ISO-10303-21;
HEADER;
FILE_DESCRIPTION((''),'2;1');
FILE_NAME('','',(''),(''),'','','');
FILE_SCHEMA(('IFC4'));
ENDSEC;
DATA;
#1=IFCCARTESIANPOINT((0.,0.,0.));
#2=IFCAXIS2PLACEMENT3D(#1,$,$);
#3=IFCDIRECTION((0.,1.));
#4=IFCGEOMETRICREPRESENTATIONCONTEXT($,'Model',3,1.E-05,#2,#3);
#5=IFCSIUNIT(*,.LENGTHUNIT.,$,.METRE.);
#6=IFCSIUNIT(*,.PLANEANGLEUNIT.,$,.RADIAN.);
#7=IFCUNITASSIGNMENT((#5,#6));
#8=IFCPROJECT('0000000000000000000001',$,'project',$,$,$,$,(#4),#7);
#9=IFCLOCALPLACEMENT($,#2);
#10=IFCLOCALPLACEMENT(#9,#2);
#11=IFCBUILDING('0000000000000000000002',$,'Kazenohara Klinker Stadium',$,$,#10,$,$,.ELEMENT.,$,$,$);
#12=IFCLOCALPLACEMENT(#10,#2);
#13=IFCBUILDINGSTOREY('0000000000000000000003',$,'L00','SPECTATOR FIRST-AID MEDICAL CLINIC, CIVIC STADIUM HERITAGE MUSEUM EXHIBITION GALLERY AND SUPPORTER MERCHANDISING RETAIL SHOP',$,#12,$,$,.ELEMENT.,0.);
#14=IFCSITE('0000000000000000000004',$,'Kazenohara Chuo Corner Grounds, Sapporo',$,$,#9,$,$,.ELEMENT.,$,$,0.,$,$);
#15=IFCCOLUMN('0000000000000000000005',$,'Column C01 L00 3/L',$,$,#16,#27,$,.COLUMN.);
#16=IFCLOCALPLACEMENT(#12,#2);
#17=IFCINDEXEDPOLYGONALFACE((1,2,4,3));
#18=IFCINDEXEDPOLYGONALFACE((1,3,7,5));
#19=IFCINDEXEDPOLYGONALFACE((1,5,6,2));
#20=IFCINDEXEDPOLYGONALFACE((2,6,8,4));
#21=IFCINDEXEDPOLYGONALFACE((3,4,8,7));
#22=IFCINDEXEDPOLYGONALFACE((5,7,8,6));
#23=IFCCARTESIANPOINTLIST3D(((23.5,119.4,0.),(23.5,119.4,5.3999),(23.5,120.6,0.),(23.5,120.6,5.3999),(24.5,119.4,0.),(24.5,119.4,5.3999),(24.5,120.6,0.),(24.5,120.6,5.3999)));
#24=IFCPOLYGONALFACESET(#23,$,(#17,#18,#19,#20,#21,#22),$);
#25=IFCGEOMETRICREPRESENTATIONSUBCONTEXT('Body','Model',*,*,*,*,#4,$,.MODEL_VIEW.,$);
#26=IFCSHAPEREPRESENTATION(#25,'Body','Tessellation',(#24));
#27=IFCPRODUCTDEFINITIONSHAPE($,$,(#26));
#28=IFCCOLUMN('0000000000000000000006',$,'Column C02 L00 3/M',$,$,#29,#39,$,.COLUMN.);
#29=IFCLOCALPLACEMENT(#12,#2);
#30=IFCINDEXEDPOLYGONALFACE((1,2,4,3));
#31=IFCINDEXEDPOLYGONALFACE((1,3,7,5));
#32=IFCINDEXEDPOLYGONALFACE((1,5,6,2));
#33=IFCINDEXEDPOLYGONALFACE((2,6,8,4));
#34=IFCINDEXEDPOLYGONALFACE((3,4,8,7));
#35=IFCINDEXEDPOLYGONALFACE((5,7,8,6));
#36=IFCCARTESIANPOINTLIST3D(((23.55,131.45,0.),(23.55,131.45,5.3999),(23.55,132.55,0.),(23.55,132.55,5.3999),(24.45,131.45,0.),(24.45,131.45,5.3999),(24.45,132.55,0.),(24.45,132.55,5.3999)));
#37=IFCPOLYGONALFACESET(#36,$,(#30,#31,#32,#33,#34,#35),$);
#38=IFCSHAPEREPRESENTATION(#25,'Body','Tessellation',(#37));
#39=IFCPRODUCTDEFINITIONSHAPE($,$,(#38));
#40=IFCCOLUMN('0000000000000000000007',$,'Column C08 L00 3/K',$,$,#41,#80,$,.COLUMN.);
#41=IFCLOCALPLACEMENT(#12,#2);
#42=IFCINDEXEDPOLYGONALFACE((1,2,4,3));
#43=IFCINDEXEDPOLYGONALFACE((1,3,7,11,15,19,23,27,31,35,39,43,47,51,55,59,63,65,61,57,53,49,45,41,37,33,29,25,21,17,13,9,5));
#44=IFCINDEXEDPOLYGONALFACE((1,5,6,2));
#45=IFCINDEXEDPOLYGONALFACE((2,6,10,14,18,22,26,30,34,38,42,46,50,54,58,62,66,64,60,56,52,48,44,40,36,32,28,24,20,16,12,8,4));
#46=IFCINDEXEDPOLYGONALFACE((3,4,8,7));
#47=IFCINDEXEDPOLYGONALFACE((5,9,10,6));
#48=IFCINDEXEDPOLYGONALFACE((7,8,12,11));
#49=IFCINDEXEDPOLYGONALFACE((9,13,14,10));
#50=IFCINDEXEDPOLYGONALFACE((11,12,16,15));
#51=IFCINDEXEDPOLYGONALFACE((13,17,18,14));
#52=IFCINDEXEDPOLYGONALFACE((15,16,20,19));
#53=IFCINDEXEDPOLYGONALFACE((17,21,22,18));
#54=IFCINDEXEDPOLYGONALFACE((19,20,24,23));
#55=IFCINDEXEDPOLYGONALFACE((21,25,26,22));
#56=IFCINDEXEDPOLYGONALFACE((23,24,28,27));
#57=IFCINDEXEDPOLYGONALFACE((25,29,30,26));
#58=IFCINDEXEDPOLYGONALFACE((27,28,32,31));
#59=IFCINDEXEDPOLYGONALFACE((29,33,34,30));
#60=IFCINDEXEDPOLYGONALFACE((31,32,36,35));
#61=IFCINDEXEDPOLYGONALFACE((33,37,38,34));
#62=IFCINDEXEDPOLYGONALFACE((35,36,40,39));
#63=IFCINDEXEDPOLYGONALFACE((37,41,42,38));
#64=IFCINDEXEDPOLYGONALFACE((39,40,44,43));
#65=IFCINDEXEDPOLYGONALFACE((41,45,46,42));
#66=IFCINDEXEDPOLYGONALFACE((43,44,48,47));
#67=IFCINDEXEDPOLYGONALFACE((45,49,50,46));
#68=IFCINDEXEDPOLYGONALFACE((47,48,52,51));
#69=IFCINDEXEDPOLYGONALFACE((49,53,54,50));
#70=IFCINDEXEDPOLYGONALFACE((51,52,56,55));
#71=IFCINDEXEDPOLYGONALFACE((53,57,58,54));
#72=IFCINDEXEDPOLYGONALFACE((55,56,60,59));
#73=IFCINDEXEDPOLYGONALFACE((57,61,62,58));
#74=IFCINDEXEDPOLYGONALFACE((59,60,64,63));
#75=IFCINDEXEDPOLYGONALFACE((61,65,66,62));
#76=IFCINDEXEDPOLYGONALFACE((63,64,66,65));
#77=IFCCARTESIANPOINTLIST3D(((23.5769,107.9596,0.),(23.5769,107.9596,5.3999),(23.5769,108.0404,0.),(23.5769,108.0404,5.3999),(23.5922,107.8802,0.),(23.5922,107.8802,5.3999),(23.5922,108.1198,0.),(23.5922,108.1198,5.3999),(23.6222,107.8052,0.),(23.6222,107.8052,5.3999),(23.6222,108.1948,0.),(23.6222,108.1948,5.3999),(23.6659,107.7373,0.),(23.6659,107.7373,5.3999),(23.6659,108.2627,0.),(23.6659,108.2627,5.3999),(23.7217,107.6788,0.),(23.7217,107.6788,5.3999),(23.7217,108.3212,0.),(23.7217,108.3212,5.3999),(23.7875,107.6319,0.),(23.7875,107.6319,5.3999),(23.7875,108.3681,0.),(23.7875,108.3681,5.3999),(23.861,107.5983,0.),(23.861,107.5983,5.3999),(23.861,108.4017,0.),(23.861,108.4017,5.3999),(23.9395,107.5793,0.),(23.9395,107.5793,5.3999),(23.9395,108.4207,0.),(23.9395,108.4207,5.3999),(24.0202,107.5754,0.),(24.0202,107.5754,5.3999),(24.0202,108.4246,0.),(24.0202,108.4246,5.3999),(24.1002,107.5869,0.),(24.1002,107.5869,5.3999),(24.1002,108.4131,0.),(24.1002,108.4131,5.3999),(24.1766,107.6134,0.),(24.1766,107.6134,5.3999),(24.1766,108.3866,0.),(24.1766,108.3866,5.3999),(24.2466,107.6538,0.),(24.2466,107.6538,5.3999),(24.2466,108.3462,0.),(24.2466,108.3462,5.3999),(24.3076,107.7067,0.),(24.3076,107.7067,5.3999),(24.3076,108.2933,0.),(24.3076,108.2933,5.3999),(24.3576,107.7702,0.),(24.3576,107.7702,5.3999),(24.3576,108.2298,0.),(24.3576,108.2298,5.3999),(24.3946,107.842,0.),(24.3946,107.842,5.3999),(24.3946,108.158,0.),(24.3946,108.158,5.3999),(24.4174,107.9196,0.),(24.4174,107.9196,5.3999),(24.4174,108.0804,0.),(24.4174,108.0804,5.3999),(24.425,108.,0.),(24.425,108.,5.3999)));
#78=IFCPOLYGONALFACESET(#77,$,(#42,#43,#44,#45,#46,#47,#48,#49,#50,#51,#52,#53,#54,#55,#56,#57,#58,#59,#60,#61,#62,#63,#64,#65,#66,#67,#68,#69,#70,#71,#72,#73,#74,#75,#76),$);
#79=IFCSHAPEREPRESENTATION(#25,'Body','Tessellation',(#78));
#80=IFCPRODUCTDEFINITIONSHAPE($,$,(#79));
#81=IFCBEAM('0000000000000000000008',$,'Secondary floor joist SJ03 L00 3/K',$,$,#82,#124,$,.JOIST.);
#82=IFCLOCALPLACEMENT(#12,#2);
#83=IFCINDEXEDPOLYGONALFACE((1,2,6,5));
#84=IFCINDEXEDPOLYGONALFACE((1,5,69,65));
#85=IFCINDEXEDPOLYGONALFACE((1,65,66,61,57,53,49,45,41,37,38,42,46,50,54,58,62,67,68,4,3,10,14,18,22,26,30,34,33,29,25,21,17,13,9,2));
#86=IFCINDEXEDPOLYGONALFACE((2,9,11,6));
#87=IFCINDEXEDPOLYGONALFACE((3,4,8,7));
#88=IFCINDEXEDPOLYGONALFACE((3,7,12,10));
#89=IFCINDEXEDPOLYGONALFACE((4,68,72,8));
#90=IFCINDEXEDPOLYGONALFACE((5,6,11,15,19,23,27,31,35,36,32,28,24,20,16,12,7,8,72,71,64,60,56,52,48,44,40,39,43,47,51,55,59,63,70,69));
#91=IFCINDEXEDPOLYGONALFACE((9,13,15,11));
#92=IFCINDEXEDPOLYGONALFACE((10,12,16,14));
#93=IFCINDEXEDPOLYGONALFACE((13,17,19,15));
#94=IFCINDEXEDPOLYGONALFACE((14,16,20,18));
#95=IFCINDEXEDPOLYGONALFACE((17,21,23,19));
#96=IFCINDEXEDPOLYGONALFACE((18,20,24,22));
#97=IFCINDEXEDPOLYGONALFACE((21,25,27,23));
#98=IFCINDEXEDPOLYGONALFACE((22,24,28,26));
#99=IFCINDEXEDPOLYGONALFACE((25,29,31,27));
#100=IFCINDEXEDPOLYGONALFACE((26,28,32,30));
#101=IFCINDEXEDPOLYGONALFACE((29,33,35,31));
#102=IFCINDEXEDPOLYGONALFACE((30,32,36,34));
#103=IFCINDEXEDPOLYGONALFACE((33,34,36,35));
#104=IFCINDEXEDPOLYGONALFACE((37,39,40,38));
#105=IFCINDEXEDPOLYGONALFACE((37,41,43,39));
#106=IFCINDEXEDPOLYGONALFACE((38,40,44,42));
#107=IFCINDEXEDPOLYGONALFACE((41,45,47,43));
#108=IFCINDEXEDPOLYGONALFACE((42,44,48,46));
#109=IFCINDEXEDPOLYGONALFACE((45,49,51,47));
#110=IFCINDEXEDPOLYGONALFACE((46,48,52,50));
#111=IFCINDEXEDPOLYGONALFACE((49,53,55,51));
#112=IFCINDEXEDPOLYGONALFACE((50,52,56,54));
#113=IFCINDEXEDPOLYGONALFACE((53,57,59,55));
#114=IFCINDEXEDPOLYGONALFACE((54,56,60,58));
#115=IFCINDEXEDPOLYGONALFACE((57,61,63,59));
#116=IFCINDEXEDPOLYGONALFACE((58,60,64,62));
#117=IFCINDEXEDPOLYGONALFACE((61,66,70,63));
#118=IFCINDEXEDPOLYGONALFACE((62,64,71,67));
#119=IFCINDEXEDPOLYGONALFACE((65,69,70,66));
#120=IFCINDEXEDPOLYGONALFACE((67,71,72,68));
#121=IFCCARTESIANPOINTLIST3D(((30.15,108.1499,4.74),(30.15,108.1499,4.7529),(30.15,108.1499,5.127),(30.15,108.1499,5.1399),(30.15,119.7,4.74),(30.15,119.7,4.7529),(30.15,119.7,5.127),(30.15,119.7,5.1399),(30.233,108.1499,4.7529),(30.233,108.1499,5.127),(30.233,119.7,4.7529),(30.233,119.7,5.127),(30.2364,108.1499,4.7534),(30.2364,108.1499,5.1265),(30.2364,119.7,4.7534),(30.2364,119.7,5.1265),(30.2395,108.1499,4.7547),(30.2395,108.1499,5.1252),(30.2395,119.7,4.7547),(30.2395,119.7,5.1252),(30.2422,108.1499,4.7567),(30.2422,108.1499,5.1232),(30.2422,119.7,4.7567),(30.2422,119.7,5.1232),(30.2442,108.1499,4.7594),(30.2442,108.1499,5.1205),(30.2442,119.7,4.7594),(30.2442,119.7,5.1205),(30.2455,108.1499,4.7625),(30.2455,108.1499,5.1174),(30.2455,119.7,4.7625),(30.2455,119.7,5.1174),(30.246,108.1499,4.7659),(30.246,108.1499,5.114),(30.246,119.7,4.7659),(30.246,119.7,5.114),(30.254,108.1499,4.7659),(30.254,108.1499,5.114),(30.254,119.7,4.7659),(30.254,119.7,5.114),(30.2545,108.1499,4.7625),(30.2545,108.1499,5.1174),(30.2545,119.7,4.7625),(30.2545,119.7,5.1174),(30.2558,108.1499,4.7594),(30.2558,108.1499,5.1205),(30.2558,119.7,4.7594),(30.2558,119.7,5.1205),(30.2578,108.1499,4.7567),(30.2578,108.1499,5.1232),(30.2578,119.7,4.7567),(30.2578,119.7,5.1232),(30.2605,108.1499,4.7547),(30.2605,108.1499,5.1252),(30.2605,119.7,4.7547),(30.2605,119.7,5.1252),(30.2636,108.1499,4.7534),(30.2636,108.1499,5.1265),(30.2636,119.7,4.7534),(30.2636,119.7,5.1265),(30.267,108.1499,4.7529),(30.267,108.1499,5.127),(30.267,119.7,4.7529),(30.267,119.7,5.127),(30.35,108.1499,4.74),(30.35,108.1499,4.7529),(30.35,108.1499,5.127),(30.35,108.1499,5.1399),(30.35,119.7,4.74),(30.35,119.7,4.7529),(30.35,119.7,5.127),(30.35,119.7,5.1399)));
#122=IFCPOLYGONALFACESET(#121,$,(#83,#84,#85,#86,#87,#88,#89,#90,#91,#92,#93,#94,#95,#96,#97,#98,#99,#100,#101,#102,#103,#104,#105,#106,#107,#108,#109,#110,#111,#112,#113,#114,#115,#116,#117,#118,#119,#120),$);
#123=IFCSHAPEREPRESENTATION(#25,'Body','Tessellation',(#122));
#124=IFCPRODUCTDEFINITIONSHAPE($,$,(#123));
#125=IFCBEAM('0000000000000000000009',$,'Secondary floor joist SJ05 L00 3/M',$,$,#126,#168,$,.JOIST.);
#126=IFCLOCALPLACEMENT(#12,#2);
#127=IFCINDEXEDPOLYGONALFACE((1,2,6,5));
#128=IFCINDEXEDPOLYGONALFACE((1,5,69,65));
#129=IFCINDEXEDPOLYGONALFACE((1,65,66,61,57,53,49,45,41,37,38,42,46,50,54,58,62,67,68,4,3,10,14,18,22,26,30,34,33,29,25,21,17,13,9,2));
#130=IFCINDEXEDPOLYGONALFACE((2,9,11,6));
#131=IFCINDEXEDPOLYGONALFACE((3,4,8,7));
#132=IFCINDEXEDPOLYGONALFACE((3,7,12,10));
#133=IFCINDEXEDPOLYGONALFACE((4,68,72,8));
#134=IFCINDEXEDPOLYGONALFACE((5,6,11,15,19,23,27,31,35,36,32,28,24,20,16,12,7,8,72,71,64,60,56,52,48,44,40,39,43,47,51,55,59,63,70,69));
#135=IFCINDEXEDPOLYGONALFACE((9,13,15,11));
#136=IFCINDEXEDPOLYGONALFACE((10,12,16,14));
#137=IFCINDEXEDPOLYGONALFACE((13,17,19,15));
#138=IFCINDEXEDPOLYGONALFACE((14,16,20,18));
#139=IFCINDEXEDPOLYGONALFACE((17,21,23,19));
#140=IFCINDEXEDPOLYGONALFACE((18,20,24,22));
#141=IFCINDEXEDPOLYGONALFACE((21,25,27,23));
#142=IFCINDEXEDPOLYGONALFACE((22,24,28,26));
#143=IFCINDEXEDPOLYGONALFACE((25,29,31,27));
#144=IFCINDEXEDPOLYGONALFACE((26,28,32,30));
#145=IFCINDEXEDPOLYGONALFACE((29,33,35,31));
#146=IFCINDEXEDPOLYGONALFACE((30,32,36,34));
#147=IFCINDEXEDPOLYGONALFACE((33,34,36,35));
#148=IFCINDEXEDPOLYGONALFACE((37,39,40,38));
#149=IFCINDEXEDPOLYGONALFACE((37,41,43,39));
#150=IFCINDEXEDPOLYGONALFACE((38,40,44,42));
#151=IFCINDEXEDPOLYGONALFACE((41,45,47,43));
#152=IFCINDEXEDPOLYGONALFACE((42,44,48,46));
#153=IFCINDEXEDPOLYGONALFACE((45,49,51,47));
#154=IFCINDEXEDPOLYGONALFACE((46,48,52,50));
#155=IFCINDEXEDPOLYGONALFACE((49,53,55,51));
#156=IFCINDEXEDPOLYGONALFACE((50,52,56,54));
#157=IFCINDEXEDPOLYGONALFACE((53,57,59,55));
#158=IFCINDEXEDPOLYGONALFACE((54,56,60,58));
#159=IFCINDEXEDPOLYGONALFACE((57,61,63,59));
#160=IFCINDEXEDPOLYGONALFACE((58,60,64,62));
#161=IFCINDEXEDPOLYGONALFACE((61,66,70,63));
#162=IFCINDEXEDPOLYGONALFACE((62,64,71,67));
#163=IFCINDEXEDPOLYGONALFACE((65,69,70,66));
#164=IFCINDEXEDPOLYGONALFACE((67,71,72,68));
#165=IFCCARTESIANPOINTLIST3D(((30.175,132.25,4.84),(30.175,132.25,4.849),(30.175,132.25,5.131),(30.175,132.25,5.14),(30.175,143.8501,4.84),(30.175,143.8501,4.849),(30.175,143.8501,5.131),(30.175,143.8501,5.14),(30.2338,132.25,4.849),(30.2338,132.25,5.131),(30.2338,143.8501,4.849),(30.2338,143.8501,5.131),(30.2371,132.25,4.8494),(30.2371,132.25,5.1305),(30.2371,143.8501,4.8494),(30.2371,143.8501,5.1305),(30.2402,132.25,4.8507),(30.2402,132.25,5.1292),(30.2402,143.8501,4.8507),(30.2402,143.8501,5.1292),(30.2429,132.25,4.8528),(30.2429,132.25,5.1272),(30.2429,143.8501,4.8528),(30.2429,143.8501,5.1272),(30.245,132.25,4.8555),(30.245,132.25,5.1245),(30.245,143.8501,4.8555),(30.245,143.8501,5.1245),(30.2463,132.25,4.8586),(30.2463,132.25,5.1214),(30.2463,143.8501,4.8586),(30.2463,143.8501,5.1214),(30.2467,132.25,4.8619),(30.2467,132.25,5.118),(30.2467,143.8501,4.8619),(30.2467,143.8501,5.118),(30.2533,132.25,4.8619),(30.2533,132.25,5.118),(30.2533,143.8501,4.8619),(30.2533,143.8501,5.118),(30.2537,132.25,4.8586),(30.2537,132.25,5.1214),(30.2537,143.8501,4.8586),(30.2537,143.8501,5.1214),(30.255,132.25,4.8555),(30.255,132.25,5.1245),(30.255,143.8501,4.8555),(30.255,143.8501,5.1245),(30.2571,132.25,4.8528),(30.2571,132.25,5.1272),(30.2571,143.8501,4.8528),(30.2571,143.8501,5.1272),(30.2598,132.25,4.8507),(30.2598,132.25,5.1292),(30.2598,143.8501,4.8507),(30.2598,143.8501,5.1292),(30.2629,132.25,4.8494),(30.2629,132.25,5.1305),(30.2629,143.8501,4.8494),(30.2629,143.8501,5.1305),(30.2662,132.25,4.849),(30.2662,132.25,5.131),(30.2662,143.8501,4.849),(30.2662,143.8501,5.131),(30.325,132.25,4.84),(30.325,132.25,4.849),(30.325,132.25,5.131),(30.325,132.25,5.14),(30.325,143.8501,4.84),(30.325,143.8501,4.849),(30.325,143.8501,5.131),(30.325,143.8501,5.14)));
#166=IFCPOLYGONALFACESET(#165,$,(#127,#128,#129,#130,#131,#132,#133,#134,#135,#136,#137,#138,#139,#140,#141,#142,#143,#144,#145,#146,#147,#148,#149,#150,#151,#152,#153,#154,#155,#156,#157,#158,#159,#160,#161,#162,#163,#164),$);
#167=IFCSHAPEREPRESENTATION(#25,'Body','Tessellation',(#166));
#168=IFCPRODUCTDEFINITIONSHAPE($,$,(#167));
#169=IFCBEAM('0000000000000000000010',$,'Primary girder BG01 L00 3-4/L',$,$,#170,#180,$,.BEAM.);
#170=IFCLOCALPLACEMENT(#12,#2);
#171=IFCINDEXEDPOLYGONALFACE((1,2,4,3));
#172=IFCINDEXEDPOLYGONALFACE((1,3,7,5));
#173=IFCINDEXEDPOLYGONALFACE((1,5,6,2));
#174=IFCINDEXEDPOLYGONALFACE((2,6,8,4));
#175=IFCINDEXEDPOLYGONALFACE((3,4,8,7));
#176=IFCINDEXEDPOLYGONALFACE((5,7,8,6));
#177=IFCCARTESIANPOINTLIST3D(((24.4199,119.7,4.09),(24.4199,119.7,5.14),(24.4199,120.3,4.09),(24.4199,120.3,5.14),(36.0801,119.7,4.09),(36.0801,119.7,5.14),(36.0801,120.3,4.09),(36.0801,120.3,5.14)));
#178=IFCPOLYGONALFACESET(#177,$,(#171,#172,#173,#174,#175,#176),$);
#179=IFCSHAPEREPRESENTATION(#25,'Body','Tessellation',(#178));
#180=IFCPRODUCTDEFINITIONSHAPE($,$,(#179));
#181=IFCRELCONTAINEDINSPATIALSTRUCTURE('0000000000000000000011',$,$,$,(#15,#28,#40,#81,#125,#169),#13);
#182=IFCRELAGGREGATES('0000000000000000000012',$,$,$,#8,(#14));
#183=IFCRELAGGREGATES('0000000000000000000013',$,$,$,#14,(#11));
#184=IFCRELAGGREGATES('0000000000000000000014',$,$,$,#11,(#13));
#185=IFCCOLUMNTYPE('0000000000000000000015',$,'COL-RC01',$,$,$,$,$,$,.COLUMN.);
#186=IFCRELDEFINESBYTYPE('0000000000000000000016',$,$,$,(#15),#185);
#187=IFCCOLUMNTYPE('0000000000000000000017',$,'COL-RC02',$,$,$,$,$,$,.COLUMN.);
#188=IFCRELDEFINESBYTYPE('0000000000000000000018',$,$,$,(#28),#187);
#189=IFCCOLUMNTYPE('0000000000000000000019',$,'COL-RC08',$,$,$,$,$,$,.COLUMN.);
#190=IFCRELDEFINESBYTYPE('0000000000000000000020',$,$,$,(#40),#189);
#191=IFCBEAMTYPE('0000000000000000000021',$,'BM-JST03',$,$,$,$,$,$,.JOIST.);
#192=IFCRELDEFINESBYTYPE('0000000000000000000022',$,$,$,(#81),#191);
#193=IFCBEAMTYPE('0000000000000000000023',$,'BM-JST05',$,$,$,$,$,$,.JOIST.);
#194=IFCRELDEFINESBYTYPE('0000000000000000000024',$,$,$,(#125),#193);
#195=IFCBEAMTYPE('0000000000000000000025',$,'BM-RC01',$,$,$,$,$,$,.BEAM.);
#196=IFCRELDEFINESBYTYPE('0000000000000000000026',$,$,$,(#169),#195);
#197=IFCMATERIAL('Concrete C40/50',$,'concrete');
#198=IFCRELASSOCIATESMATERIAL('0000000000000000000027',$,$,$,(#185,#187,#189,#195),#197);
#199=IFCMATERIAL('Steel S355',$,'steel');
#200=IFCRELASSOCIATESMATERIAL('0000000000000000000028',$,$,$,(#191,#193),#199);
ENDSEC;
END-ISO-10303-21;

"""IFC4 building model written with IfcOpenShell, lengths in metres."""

from ifc_helpers import new_model, si_unit, direction, frame, origin, origin_2d, place, context, subcontext, project, spatial, rectangle, circle, i_section, extrude, material, material_profile, profile_set, type_object, element, save


model = new_model("IFC4")

# Units and contexts
model_context = context("Model", 3, precision=1e-05, world=origin(), true_north=direction((0.0, 1.0)))
body_context = subcontext(model_context, "Body", "Model", "MODEL_VIEW")
ifc_project = project(units=[si_unit("LENGTHUNIT", "METRE"), si_unit("PLANEANGLEUNIT", "RADIAN")], contexts=[model_context])

# Site, building, storey
site_placement = place(None, origin())
site = spatial("IfcSite", under=ifc_project, at=site_placement, Name="Kazenohara Chuo Corner Grounds, Sapporo", CompositionType="ELEMENT", RefElevation=0.0)
building_placement = place(site_placement, origin())
building = spatial("IfcBuilding", under=site, at=building_placement, Name="Kazenohara Klinker Stadium", CompositionType="ELEMENT")
storey_placement = place(building_placement, origin())
storey = spatial("IfcBuildingStorey", under=building, at=storey_placement, Name="L00", Description="SPECTATOR FIRST-AID MEDICAL CLINIC, CIVIC STADIUM HERITAGE MUSEUM EXHIBITION GALLERY AND SUPPORTER MERCHANDISING RETAIL SHOP", CompositionType="ELEMENT", Elevation=0.0)

# Columns
ifc_material_1 = material(Name="Concrete C40/50", Category="concrete")
ifc_material_profile_1 = material_profile(ifc_material_1, rectangle(XDim=1.0, YDim=1.2, at=origin_2d()), Name="RC-COL-1200x1000")
ifc_profile_set_1 = profile_set([ifc_material_profile_1], Name="Concrete C40/50")
column_type_1 = type_object("IfcColumnType", Name="COL-RC01", PredefinedType="COLUMN", material=ifc_profile_set_1)
column_1_placement = place(storey_placement, frame((24.0, 120.0, 0.0), z_axis=(0.0, 0.0, 1.0), x_axis=(1.0, 0.0, 0.0)))
element("IfcColumn", 1, at=column_1_placement, inside=storey, type_object=column_type_1, Name="Column C01 L00 3/L", PredefinedType="COLUMN", context=body_context, shape_type="SweptSolid", body=[
    extrude(rectangle(XDim=1.0, YDim=1.2, at=origin_2d()), origin(), (0.0, 0.0, 1.0), 5.3999),
])
ifc_material_profile_2 = material_profile(ifc_material_1, rectangle(XDim=0.8999, YDim=1.1001, at=origin_2d()), Name="RC-COL-1100x900")
ifc_profile_set_2 = profile_set([ifc_material_profile_2], Name="Concrete C40/50")
column_type_2 = type_object("IfcColumnType", Name="COL-RC02", PredefinedType="COLUMN", material=ifc_profile_set_2)
column_2_placement = place(storey_placement, frame((24.0, 132.0, 0.0), z_axis=(0.0, 0.0, 1.0), x_axis=(1.0, 0.0, 0.0)))
element("IfcColumn", 2, at=column_2_placement, inside=storey, type_object=column_type_2, Name="Column C02 L00 3/M", PredefinedType="COLUMN", context=body_context, shape_type="SweptSolid", body=[
    extrude(rectangle(XDim=0.8999, YDim=1.1001, at=origin_2d()), origin(), (0.0, 0.0, 1.0), 5.3999),
])
ifc_material_profile_3 = material_profile(ifc_material_1, circle(Radius=0.425, at=origin_2d()), Name="RC-COL-D850")
ifc_profile_set_3 = profile_set([ifc_material_profile_3], Name="Concrete C40/50")
column_type_3 = type_object("IfcColumnType", Name="COL-RC08", PredefinedType="COLUMN", material=ifc_profile_set_3)
column_3_placement = place(storey_placement, frame((24.0, 108.0, 0.0), z_axis=(0.0, 0.0, 1.0), x_axis=(1.0, 0.0, 0.0)))
element("IfcColumn", 3, at=column_3_placement, inside=storey, type_object=column_type_3, Name="Column C08 L00 3/K", PredefinedType="COLUMN", context=body_context, shape_type="SweptSolid", body=[
    extrude(circle(Radius=0.425, at=origin_2d()), origin(), (0.0, 0.0, 1.0), 5.3999),
])

# Beams
ifc_material_2 = material(Name="Steel S355", Category="steel")
ifc_material_profile_4 = material_profile(ifc_material_2, i_section(OverallWidth=0.2, OverallDepth=0.3999, WebThickness=0.0081, FlangeThickness=0.0129, FilletRadius=0.0129, at=origin_2d()), Name="H-400x200x8x13")
ifc_profile_set_4 = profile_set([ifc_material_profile_4], Name="Steel S355")
beam_type_1 = type_object("IfcBeamType", Name="BM-JST03", PredefinedType="JOIST", material=ifc_profile_set_4)
beam_1_placement = place(storey_placement, frame((30.25, 108.1499, 4.9399), z_axis=(0.0, 1.0, 0.0), x_axis=(-1.0, 0.0, 0.0)))
element("IfcBeam", 4, at=beam_1_placement, inside=storey, type_object=beam_type_1, Name="Secondary floor joist SJ03 L00 3/K", PredefinedType="JOIST", context=body_context, shape_type="SweptSolid", body=[
    extrude(i_section(OverallWidth=0.2, OverallDepth=0.3999, WebThickness=0.0081, FlangeThickness=0.0129, FilletRadius=0.0129, at=origin_2d()), origin(), (0.0, 0.0, 1.0), 11.55),
])
ifc_material_profile_5 = material_profile(ifc_material_2, i_section(OverallWidth=0.1499, OverallDepth=0.3, WebThickness=0.0066, FlangeThickness=0.009, FilletRadius=0.0129, at=origin_2d()), Name="H-300x150x6.5x9")
ifc_profile_set_5 = profile_set([ifc_material_profile_5], Name="Steel S355")
beam_type_2 = type_object("IfcBeamType", Name="BM-JST05", PredefinedType="JOIST", material=ifc_profile_set_5)
beam_2_placement = place(storey_placement, frame((30.25, 132.25, 4.99), z_axis=(0.0, 1.0, 0.0), x_axis=(-1.0, 0.0, 0.0)))
element("IfcBeam", 5, at=beam_2_placement, inside=storey, type_object=beam_type_2, Name="Secondary floor joist SJ05 L00 3/M", PredefinedType="JOIST", context=body_context, shape_type="SweptSolid", body=[
    extrude(i_section(OverallWidth=0.1499, OverallDepth=0.3, WebThickness=0.0066, FlangeThickness=0.009, FilletRadius=0.0129, at=origin_2d()), origin(), (0.0, 0.0, 1.0), 11.6001),
])
ifc_material_profile_6 = material_profile(ifc_material_1, rectangle(XDim=0.6001, YDim=1.05, at=origin_2d()), Name="RC-BM-600x1050")
ifc_profile_set_6 = profile_set([ifc_material_profile_6], Name="Concrete C40/50")
beam_type_3 = type_object("IfcBeamType", Name="BM-RC01", PredefinedType="BEAM", material=ifc_profile_set_6)
beam_3_placement = place(storey_placement, frame((24.4199, 120.0, 4.615), z_axis=(1.0, 0.0, 0.0), x_axis=(0.0, 1.0, 0.0)))
element("IfcBeam", 6, at=beam_3_placement, inside=storey, type_object=beam_type_3, Name="Primary girder BG01 L00 3-4/L", PredefinedType="BEAM", context=body_context, shape_type="SweptSolid", body=[
    extrude(rectangle(XDim=0.6001, YDim=1.05, at=origin_2d()), origin(), (0.0, 0.0, 1.0), 11.6602),
])

save(model, "model.ifc")
